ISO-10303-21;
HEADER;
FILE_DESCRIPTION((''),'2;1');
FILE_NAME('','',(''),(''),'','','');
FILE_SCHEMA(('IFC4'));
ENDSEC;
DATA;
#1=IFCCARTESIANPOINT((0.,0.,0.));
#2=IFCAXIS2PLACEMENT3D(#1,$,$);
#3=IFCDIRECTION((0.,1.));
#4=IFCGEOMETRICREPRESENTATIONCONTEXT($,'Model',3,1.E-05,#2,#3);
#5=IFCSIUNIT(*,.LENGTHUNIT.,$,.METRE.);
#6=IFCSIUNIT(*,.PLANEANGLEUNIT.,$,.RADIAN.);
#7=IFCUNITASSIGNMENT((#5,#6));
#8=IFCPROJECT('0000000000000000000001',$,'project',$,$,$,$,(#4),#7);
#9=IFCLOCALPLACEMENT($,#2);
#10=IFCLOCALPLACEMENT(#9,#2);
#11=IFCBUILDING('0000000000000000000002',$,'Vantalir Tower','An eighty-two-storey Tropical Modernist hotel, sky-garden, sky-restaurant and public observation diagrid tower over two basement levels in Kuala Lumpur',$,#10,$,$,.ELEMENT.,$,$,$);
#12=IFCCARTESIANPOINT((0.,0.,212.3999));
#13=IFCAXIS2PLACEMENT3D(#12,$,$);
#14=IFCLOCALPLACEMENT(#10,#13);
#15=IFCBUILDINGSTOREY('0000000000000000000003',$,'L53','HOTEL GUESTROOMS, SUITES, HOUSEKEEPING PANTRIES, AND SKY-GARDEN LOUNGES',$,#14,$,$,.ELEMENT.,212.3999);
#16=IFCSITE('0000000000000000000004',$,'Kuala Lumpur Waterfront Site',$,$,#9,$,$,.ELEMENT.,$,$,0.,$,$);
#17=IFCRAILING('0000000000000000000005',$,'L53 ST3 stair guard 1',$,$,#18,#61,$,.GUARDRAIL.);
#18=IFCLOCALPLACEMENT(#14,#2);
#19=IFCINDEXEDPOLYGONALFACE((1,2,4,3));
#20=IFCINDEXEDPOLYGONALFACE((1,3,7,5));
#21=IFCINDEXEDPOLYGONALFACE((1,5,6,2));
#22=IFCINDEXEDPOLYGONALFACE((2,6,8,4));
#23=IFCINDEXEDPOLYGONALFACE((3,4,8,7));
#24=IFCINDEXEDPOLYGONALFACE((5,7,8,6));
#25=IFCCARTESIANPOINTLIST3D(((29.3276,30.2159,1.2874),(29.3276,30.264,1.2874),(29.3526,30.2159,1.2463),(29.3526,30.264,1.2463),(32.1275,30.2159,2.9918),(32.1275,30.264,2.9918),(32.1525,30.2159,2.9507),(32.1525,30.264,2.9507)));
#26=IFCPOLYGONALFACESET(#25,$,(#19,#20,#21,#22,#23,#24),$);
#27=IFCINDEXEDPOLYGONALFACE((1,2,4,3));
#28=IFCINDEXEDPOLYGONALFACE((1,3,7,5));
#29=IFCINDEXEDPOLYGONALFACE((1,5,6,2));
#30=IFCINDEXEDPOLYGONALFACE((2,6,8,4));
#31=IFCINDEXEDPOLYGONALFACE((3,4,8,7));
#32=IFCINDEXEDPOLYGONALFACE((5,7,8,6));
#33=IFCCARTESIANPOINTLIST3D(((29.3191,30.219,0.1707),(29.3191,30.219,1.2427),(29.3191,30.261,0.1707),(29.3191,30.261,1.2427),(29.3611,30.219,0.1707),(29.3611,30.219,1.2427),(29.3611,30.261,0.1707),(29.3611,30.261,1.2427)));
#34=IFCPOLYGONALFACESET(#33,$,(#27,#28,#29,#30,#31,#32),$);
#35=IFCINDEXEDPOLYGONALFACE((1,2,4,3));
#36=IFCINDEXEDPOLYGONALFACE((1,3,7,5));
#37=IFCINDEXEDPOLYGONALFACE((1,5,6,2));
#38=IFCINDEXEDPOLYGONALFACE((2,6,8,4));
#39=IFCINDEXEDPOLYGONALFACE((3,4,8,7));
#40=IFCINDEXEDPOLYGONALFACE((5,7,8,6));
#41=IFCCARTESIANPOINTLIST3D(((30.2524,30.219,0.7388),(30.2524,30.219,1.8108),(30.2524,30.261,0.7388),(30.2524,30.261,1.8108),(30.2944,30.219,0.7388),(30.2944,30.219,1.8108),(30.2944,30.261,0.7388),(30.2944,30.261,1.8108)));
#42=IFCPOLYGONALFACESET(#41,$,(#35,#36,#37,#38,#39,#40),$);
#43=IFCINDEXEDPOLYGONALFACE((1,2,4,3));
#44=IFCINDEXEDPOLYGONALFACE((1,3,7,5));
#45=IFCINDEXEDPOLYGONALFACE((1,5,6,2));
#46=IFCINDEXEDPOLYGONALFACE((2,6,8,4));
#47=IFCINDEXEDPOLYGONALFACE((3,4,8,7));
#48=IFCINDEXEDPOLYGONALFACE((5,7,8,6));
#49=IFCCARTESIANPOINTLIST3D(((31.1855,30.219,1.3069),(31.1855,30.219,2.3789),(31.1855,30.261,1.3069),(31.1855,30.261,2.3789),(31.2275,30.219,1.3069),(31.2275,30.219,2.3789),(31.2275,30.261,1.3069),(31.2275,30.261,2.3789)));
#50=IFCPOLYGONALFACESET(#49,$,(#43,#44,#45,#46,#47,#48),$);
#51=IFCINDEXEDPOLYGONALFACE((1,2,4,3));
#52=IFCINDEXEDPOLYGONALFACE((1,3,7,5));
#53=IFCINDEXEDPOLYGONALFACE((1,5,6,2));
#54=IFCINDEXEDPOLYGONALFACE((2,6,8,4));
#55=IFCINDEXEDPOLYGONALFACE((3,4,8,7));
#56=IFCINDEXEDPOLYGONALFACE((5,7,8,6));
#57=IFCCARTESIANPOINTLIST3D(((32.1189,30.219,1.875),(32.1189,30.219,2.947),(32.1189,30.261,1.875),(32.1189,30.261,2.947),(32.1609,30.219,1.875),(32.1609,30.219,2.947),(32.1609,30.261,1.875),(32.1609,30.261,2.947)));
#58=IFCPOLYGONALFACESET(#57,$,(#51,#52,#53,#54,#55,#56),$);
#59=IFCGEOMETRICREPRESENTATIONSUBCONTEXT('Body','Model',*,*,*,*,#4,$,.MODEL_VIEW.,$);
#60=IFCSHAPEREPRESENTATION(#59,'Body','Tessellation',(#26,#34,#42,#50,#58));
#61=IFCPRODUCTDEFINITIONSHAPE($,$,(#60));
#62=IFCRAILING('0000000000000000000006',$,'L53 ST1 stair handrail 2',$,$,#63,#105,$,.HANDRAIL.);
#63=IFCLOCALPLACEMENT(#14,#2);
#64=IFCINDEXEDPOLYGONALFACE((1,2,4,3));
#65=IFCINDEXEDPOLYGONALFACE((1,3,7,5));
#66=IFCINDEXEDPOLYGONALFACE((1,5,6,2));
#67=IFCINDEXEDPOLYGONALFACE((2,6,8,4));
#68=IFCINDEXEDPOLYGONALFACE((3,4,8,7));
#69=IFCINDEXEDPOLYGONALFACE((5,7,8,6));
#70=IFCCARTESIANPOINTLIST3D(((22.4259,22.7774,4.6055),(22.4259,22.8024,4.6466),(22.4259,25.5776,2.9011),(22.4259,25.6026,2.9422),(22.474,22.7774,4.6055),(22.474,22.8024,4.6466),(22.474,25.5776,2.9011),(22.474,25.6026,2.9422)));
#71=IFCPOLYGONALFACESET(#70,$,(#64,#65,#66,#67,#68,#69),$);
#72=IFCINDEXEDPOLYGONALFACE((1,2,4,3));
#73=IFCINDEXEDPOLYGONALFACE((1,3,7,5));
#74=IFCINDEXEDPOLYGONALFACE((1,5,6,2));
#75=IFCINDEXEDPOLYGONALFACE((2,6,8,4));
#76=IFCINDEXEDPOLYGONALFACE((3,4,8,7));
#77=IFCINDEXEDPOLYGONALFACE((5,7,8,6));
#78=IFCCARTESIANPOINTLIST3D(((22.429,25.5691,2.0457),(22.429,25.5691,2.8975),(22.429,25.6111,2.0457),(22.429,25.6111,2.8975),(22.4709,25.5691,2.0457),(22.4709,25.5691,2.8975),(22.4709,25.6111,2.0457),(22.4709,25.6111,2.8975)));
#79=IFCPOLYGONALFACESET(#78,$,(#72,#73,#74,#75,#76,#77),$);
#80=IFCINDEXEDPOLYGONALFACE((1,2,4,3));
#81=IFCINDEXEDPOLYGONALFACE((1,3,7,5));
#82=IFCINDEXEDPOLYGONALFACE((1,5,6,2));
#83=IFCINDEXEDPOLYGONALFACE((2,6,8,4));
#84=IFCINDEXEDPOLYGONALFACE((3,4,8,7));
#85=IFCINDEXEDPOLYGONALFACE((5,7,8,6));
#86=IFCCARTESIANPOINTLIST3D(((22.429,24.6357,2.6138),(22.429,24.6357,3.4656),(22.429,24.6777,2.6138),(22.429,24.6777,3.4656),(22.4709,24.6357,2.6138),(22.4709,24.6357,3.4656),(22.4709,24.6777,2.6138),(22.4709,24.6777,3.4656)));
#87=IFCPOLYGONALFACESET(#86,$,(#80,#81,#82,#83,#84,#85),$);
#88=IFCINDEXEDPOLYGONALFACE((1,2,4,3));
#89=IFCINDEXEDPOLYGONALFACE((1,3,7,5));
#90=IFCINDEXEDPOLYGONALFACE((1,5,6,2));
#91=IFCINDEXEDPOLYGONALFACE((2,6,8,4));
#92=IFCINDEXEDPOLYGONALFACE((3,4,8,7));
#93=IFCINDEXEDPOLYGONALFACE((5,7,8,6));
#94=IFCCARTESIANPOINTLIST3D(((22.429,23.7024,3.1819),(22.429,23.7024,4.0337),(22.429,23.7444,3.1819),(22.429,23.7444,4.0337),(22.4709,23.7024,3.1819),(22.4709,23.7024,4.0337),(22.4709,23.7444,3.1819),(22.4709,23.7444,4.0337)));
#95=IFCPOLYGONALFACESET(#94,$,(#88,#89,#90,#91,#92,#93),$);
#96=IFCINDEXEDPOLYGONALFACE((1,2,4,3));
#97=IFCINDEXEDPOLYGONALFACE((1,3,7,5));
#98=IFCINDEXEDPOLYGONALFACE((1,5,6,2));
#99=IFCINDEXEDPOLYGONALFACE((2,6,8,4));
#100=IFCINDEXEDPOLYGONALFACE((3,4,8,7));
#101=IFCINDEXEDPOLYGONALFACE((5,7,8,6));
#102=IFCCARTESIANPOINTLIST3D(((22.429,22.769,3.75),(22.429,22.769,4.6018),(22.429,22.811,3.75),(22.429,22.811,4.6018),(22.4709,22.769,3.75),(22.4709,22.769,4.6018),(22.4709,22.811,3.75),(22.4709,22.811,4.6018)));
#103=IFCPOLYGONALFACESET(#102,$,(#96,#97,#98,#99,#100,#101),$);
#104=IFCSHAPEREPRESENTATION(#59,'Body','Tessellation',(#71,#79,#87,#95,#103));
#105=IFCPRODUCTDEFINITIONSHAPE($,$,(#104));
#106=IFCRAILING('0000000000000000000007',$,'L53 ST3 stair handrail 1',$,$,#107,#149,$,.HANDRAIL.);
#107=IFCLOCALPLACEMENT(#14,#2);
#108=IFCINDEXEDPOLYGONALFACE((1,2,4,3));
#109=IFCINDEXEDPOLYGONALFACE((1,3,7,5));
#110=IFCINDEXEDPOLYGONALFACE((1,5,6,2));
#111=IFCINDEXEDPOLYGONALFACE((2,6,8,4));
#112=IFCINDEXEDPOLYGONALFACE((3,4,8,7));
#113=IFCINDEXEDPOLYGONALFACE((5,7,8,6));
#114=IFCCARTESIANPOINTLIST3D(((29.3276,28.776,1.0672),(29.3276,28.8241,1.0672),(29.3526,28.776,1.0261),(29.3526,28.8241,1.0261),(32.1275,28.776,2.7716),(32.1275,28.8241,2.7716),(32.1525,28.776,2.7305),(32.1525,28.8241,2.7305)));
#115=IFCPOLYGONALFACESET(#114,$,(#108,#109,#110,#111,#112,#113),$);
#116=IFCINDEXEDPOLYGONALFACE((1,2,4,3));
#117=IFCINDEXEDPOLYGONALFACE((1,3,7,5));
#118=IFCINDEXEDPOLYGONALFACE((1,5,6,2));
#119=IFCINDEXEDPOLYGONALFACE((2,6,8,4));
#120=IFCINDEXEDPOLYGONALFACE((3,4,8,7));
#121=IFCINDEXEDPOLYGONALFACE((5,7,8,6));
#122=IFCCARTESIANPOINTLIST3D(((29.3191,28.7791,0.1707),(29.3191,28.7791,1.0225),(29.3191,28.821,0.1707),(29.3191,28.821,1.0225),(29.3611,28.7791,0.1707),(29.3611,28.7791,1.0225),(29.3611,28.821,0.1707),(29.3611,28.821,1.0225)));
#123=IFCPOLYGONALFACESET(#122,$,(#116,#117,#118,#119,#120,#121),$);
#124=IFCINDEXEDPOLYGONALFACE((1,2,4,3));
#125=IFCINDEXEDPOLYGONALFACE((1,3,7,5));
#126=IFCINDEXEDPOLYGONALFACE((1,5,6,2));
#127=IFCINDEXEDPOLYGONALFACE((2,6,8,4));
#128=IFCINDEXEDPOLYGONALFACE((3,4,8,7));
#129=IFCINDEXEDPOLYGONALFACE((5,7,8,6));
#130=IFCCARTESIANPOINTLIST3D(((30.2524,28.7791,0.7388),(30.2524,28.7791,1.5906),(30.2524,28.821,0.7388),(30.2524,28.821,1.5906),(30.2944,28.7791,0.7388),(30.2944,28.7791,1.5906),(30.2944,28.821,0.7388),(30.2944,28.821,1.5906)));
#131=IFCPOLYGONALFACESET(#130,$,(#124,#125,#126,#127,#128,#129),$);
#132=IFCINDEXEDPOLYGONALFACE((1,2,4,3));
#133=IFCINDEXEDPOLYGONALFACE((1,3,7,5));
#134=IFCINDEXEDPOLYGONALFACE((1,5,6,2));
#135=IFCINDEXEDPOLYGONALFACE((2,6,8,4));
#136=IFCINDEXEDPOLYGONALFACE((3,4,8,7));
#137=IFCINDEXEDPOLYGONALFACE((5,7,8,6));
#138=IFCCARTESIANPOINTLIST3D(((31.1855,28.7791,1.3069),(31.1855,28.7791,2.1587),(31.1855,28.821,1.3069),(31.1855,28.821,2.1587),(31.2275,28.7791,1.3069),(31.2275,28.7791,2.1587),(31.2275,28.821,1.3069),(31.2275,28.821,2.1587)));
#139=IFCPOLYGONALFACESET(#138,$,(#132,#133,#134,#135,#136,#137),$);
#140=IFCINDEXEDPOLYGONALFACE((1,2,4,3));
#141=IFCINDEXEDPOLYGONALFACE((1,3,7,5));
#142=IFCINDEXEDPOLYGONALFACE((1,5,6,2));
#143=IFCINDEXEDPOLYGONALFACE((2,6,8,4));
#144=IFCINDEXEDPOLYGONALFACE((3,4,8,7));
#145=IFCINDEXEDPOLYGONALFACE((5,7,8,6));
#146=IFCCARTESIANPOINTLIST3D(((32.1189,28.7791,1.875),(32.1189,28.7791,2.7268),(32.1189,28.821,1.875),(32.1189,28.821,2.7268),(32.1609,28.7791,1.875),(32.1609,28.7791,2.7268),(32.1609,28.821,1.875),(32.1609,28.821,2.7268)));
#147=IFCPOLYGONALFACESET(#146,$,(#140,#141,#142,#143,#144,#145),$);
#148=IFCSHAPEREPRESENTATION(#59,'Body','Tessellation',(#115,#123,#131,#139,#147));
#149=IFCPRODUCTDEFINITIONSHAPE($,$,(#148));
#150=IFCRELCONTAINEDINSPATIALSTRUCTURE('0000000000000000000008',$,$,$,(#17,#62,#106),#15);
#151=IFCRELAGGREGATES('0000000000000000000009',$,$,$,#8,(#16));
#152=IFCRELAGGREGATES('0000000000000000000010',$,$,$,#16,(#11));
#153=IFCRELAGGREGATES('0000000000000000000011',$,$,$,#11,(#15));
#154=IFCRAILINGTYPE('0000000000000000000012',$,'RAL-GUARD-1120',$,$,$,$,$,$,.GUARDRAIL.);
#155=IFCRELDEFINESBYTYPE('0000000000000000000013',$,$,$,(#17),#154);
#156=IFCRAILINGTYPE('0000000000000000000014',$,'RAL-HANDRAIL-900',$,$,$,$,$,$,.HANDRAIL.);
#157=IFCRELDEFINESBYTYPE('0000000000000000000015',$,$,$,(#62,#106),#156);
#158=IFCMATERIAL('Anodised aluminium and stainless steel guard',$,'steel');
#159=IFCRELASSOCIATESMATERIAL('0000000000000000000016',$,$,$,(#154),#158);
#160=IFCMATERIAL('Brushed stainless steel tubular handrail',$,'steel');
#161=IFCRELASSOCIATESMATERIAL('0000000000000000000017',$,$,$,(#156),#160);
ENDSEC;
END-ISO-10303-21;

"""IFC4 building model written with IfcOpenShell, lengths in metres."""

from ifc_helpers import new_model, si_unit, direction, frame, origin, origin_2d, place, context, subcontext, project, spatial, rectangle, extrude, material, type_object, element, save


model = new_model("IFC4")

# Units and contexts
model_context = context("Model", 3, precision=1e-05, world=origin(), true_north=direction((0.0, 1.0)))
body_context = subcontext(model_context, "Body", "Model", "MODEL_VIEW")
ifc_project = project(units=[si_unit("LENGTHUNIT", "METRE"), si_unit("PLANEANGLEUNIT", "RADIAN")], contexts=[model_context])

# Site, building, storey
site_placement = place(None, origin())
site = spatial("IfcSite", under=ifc_project, at=site_placement, Name="Kuala Lumpur Waterfront Site", CompositionType="ELEMENT", RefElevation=0.0)
building_placement = place(site_placement, origin())
building = spatial("IfcBuilding", under=site, at=building_placement, Name="Vantalir Tower", Description="An eighty-two-storey Tropical Modernist hotel, sky-garden, sky-restaurant and public observation diagrid tower over two basement levels in Kuala Lumpur", CompositionType="ELEMENT")
storey_placement = place(building_placement, frame((0.0, 0.0, 212.3999)))
storey = spatial("IfcBuildingStorey", under=building, at=storey_placement, Name="L53", Description="HOTEL GUESTROOMS, SUITES, HOUSEKEEPING PANTRIES, AND SKY-GARDEN LOUNGES", CompositionType="ELEMENT", Elevation=212.3999)

# Railings
ifc_material_1 = material(Name="Anodised aluminium and stainless steel guard", Category="steel")
railing_type_1 = type_object("IfcRailingType", Name="RAL-GUARD-1120", PredefinedType="GUARDRAIL", material=ifc_material_1)
railing_1_placement = place(storey_placement, frame((29.3401, 30.24, 0.1707)))
element("IfcRailing", 1, at=railing_1_placement, inside=storey, type_object=railing_type_1, Name="L53 ST3 stair guard 1", PredefinedType="GUARDRAIL", context=body_context, shape_type="SweptSolid", body=[
    extrude(rectangle(XDim=0.0481, YDim=0.0481, at=origin_2d()), frame((0.0, 0.0, 1.0962), z_axis=(0.854183, 0.0, 0.519973), x_axis=(0.0, 1.0, 0.0)), (0.0, 0.0, 1.0), 3.2778),
    extrude(rectangle(XDim=0.042, YDim=0.042, at=origin_2d()), origin(), (0.0, 0.0, 1.0), 1.072),
    extrude(rectangle(XDim=0.042, YDim=0.042, at=origin_2d()), frame((0.9333, 0.0, 0.5681)), (0.0, 0.0, 1.0), 1.072),
    extrude(rectangle(XDim=0.042, YDim=0.042, at=origin_2d()), frame((1.8665, 0.0, 1.1362)), (0.0, 0.0, 1.0), 1.072),
    extrude(rectangle(XDim=0.042, YDim=0.042, at=origin_2d()), frame((2.7998, 0.0, 1.7043)), (0.0, 0.0, 1.0), 1.072),
])
ifc_material_2 = material(Name="Brushed stainless steel tubular handrail", Category="steel")
railing_type_2 = type_object("IfcRailingType", Name="RAL-HANDRAIL-900", PredefinedType="HANDRAIL", material=ifc_material_2)
railing_2_placement = place(storey_placement, frame((22.45, 25.5901, 2.0457)))
element("IfcRailing", 2, at=railing_2_placement, inside=storey, type_object=railing_type_2, Name="L53 ST1 stair handrail 2", PredefinedType="HANDRAIL", context=body_context, shape_type="SweptSolid", body=[
    extrude(rectangle(XDim=0.0481, YDim=0.0481, at=origin_2d()), frame((0.0, 0.0, 0.876), z_axis=(0.0, -0.854203, 0.51994), x_axis=(1.0, 0.0, 0.0)), (0.0, 0.0, 1.0), 3.2781),
    extrude(rectangle(XDim=0.042, YDim=0.042, at=origin_2d()), origin(), (0.0, 0.0, 1.0), 0.8518),
    extrude(rectangle(XDim=0.042, YDim=0.042, at=origin_2d()), frame((0.0, -0.9333, 0.5681)), (0.0, 0.0, 1.0), 0.8518),
    extrude(rectangle(XDim=0.042, YDim=0.042, at=origin_2d()), frame((0.0, -1.8667, 1.1362)), (0.0, 0.0, 1.0), 0.8518),
    extrude(rectangle(XDim=0.042, YDim=0.042, at=origin_2d()), frame((0.0, -2.8, 1.7043)), (0.0, 0.0, 1.0), 0.8518),
])
railing_3_placement = place(storey_placement, frame((29.3401, 28.8, 0.1707)))
element("IfcRailing", 3, at=railing_3_placement, inside=storey, type_object=railing_type_2, Name="L53 ST3 stair handrail 1", PredefinedType="HANDRAIL", context=body_context, shape_type="SweptSolid", body=[
    extrude(rectangle(XDim=0.0481, YDim=0.0481, at=origin_2d()), frame((0.0, 0.0, 0.876), z_axis=(0.854183, 0.0, 0.519973), x_axis=(0.0, 1.0, 0.0)), (0.0, 0.0, 1.0), 3.2778),
    extrude(rectangle(XDim=0.042, YDim=0.042, at=origin_2d()), origin(), (0.0, 0.0, 1.0), 0.8518),
    extrude(rectangle(XDim=0.042, YDim=0.042, at=origin_2d()), frame((0.9333, 0.0, 0.5681)), (0.0, 0.0, 1.0), 0.8518),
    extrude(rectangle(XDim=0.042, YDim=0.042, at=origin_2d()), frame((1.8665, 0.0, 1.1362)), (0.0, 0.0, 1.0), 0.8518),
    extrude(rectangle(XDim=0.042, YDim=0.042, at=origin_2d()), frame((2.7998, 0.0, 1.7043)), (0.0, 0.0, 1.0), 0.8518),
])

save(model, "model.ifc")
